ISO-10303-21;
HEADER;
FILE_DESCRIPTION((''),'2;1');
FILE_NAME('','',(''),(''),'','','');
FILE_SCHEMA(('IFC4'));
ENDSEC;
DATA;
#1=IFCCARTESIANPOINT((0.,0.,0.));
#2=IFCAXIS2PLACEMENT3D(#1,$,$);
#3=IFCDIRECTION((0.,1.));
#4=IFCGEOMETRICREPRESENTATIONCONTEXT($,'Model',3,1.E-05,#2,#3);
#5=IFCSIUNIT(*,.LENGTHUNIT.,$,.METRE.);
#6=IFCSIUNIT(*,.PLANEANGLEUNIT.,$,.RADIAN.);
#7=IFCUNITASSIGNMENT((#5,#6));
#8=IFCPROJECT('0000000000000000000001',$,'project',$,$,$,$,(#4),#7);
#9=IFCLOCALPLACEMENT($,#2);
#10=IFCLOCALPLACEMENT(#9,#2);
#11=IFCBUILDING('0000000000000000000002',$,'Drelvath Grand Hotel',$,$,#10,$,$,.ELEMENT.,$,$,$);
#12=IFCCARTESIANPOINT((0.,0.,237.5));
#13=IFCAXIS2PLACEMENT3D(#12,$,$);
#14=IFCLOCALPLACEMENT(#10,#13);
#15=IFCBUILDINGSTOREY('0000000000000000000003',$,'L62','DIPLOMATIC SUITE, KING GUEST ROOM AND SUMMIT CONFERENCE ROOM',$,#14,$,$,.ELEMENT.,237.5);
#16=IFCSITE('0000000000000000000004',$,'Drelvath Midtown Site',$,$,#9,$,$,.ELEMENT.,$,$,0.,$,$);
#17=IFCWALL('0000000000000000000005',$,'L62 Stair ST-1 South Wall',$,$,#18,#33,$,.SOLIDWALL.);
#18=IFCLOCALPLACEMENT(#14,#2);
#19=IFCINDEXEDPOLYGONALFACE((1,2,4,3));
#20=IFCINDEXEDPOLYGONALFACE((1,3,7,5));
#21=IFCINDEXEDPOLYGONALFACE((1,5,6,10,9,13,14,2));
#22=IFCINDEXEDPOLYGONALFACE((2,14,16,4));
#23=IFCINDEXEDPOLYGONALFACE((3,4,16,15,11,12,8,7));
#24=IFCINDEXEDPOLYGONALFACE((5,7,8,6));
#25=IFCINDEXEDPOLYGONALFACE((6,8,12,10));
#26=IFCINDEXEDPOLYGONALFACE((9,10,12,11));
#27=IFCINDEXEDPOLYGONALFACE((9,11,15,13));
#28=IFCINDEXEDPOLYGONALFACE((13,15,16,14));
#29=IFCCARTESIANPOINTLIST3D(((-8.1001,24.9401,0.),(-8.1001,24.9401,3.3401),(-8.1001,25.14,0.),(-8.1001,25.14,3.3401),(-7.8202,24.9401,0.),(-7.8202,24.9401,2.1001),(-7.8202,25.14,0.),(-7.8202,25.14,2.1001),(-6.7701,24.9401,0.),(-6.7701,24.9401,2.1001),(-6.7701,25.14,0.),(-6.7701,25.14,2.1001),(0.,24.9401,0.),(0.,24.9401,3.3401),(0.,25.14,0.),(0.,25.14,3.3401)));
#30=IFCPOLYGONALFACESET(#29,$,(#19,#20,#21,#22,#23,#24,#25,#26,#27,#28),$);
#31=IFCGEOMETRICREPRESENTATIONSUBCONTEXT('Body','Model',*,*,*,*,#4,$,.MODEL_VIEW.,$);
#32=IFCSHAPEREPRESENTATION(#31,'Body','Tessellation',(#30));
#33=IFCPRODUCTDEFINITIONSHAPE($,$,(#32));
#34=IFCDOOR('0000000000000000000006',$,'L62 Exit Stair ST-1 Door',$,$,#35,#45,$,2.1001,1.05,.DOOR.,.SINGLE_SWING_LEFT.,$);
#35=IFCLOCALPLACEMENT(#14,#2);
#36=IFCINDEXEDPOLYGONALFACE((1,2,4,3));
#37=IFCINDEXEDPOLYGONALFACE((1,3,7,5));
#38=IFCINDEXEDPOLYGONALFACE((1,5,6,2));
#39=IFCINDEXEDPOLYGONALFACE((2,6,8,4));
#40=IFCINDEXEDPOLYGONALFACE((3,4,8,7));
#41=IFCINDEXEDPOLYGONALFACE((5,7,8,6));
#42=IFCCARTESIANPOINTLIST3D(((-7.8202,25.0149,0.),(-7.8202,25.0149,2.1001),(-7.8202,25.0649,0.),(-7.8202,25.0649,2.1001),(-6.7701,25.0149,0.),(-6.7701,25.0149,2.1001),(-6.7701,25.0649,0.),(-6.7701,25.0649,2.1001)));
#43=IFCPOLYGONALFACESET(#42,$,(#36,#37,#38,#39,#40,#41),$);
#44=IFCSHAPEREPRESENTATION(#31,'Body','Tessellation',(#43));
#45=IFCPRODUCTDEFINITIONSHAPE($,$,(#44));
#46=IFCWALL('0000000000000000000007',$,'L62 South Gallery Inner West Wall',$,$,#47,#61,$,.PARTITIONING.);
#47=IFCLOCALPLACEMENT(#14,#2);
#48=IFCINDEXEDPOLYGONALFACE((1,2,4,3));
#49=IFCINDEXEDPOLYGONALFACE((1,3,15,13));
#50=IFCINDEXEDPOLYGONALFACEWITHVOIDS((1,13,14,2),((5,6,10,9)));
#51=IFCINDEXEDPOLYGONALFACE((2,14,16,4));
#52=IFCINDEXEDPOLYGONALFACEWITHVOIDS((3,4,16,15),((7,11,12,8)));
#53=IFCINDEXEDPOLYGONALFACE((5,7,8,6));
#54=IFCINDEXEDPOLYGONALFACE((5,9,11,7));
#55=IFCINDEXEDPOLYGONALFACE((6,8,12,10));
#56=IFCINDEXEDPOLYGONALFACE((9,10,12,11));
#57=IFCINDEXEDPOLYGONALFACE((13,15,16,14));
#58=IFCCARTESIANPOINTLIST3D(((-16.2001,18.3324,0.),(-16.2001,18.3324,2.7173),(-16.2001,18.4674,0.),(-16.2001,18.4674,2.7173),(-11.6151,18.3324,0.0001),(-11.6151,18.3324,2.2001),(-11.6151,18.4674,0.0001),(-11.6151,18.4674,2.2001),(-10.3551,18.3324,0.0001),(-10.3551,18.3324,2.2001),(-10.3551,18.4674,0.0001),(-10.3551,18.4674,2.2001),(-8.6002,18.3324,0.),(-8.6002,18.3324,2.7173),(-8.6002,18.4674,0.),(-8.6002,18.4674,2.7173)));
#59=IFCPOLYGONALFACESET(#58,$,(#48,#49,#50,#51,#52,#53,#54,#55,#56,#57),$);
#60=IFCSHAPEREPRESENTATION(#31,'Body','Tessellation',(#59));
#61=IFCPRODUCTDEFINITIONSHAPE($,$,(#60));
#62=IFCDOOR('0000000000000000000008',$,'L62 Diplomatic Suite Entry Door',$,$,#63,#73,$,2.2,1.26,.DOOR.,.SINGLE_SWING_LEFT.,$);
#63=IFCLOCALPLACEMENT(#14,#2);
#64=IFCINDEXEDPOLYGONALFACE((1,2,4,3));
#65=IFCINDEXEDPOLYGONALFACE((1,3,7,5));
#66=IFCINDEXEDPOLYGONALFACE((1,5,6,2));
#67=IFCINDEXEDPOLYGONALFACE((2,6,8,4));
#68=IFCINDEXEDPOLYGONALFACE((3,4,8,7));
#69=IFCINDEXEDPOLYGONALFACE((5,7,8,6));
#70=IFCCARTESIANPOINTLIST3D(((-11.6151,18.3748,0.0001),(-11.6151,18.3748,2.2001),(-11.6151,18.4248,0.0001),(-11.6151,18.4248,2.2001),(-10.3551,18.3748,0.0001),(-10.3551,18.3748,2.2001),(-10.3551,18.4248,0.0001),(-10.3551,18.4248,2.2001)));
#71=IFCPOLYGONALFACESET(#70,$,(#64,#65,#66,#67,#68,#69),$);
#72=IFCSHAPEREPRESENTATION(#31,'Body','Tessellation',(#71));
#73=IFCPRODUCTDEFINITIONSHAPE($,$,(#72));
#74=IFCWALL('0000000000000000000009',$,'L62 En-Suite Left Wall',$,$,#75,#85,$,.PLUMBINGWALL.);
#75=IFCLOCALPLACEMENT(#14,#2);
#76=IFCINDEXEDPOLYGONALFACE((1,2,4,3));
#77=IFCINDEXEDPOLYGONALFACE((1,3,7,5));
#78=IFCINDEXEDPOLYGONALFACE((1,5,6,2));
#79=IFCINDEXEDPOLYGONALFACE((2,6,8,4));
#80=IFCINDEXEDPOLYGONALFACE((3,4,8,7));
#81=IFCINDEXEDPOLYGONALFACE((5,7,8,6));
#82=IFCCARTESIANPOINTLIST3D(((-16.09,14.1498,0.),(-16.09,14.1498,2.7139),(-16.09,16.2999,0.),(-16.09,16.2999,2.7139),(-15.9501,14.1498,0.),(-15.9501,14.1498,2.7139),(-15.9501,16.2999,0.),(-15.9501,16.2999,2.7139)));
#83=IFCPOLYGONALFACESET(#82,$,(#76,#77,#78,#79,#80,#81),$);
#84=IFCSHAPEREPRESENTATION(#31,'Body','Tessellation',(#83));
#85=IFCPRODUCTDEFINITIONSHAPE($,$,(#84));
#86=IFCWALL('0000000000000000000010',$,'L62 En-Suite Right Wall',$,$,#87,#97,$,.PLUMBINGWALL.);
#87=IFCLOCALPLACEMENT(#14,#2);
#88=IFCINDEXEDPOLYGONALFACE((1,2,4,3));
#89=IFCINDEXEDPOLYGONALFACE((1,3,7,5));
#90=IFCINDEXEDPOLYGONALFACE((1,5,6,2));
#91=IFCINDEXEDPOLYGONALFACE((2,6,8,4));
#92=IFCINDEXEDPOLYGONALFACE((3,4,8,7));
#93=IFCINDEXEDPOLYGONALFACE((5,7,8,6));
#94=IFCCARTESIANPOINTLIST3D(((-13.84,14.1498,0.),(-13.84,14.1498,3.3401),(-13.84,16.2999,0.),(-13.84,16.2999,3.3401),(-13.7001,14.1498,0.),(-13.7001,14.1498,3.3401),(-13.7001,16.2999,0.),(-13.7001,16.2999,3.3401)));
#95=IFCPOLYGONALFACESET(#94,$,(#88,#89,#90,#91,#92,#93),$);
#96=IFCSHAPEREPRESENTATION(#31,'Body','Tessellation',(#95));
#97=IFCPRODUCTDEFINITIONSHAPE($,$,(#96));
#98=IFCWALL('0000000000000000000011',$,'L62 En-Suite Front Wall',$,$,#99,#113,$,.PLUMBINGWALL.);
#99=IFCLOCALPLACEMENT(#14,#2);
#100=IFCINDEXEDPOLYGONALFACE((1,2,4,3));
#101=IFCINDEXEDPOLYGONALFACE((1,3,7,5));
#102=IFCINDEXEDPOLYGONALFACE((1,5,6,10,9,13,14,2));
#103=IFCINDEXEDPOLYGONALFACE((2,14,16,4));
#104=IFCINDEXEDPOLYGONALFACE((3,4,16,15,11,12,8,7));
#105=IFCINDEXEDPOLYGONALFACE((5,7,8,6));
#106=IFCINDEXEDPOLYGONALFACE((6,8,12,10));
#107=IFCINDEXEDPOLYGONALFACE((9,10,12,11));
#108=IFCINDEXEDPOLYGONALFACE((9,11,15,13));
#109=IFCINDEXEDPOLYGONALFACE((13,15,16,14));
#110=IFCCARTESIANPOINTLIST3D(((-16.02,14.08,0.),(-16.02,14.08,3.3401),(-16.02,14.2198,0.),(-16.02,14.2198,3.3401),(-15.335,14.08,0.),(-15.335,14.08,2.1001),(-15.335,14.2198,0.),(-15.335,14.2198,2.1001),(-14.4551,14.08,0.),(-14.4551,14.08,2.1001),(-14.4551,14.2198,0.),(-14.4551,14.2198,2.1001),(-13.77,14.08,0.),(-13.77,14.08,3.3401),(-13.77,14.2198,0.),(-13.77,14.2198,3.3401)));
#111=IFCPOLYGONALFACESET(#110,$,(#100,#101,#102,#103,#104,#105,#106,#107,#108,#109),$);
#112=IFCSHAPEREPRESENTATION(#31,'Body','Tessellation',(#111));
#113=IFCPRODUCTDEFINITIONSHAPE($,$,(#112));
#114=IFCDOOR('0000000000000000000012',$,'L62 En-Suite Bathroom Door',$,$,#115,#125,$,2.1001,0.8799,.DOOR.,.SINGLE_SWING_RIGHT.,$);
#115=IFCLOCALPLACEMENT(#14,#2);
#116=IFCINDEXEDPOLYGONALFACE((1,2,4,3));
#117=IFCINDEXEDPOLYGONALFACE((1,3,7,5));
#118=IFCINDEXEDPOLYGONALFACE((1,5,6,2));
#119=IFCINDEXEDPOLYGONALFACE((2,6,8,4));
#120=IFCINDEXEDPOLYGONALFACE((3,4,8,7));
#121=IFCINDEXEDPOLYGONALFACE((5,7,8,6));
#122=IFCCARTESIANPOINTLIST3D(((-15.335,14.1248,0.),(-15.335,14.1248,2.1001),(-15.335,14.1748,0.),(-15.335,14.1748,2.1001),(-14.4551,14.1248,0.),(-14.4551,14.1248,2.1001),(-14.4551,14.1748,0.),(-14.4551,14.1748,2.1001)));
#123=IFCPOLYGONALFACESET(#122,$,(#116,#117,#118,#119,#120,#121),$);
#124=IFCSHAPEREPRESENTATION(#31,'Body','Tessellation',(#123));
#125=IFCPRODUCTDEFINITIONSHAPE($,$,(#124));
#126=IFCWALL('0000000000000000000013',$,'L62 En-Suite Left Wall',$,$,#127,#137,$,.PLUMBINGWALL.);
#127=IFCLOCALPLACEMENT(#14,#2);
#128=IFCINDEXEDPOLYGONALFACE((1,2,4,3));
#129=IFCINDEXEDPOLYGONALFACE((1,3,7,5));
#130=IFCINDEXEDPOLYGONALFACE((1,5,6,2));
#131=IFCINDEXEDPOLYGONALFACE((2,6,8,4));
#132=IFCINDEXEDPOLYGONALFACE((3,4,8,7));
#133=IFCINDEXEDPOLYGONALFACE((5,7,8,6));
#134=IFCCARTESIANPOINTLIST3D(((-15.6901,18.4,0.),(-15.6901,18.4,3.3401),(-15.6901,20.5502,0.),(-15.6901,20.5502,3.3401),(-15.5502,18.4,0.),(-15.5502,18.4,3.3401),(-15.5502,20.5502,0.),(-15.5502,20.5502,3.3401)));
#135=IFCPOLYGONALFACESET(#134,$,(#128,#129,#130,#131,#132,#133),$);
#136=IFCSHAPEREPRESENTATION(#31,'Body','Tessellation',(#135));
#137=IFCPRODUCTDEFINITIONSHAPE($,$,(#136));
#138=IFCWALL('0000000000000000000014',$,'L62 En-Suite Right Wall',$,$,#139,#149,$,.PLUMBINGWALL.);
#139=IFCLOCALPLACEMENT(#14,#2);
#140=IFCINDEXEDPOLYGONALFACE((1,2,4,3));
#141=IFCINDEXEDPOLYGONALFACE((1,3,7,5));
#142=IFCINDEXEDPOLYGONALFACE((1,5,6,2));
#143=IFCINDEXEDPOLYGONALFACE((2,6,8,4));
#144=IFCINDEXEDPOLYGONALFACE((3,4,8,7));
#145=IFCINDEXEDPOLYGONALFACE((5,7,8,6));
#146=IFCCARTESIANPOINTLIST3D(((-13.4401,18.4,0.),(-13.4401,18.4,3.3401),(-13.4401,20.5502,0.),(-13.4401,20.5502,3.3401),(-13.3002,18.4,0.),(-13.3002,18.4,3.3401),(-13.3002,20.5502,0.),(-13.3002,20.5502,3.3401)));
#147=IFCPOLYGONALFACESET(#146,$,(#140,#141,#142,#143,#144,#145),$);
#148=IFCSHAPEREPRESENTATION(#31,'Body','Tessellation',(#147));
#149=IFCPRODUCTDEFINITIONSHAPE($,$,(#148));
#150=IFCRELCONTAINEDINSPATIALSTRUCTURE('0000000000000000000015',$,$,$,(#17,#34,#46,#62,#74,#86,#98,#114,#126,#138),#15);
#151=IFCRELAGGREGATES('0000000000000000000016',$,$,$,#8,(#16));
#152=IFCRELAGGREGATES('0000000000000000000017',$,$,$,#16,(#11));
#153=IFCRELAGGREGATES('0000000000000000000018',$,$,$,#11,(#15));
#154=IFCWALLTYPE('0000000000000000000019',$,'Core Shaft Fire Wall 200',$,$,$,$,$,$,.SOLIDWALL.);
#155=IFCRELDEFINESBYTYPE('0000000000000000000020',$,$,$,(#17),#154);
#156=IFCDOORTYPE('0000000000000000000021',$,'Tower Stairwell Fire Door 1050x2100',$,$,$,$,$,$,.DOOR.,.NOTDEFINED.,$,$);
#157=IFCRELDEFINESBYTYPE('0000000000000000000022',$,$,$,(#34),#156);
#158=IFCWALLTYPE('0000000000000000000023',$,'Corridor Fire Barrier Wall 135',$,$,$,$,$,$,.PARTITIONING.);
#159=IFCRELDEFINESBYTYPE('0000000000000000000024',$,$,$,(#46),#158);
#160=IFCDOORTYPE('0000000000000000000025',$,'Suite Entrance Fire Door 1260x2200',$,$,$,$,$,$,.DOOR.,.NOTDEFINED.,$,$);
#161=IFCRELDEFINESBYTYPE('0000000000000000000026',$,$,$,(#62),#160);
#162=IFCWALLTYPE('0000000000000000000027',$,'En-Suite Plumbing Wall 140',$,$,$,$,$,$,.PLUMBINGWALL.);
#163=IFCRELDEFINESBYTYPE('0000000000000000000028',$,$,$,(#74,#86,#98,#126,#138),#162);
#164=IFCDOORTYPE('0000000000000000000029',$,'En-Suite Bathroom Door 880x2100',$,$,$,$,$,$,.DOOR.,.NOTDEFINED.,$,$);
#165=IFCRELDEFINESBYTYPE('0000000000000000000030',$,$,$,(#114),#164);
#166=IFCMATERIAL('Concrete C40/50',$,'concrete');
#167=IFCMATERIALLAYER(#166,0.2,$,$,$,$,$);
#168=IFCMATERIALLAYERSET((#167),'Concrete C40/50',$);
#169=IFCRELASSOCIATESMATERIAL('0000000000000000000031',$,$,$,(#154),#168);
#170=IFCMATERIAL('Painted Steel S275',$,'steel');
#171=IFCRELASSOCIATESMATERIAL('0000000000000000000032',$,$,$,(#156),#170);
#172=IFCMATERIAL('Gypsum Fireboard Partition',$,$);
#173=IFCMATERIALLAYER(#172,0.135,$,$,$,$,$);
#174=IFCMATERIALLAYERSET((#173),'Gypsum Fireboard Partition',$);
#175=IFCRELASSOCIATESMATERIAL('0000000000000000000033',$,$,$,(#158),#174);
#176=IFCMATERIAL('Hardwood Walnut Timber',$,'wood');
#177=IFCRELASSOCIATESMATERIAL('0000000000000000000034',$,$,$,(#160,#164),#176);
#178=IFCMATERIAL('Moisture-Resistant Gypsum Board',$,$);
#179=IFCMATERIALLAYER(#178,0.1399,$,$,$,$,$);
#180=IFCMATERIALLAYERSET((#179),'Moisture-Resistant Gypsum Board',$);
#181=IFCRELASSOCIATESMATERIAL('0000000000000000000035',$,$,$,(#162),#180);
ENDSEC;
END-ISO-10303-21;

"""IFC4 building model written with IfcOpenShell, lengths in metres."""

from ifc_helpers import new_model, si_unit, direction, frame, frame_2d, origin, place, context, subcontext, project, spatial, rectangle, extrude, material, layer, layer_set, type_object, element, fill, save


model = new_model("IFC4")

# Units and contexts
model_context = context("Model", 3, precision=1e-05, world=origin(), true_north=direction((0.0, 1.0)))
body_context = subcontext(model_context, "Body", "Model", "MODEL_VIEW")
ifc_project = project(units=[si_unit("LENGTHUNIT", "METRE"), si_unit("PLANEANGLEUNIT", "RADIAN")], contexts=[model_context])

# Site, building, storey
site_placement = place(None, origin())
site = spatial("IfcSite", under=ifc_project, at=site_placement, Name="Drelvath Midtown Site", CompositionType="ELEMENT", RefElevation=0.0)
building_placement = place(site_placement, origin())
building = spatial("IfcBuilding", under=site, at=building_placement, Name="Drelvath Grand Hotel", CompositionType="ELEMENT")
storey_placement = place(building_placement, frame((0.0, 0.0, 237.5)))
storey = spatial("IfcBuildingStorey", under=building, at=storey_placement, Name="L62", Description="DIPLOMATIC SUITE, KING GUEST ROOM AND SUMMIT CONFERENCE ROOM", CompositionType="ELEMENT", Elevation=237.5)

# Walls, openings, doors
ifc_material_1 = material(Name="Concrete C40/50", Category="concrete")
ifc_layer_1 = layer(ifc_material_1, 0.2)
ifc_layer_set_1 = layer_set([ifc_layer_1], Name="Concrete C40/50")
wall_type_1 = type_object("IfcWallType", Name="Core Shaft Fire Wall 200", PredefinedType="SOLIDWALL", material=ifc_layer_set_1)
wall_1_placement = place(storey_placement, frame((-8.1001, 25.04, 0.0), z_axis=(0.0, 0.0, 1.0), x_axis=(1.0, 0.0, 0.0)))
wall_1 = element("IfcWall", 1, at=wall_1_placement, inside=storey, type_object=wall_type_1, Name="L62 Stair ST-1 South Wall", PredefinedType="SOLIDWALL", context=body_context, shape_type="SweptSolid", body=[
    extrude(rectangle(XDim=8.1001, YDim=0.2, at=frame_2d((4.05, 0.0))), origin(), (0.0, 0.0, 1.0), 3.3401),
])
opening_1_placement = place(wall_1_placement, frame((0.28, 0.0, 0.0)))
opening_1 = element("IfcOpeningElement", 2, at=opening_1_placement, cuts=wall_1, PredefinedType="OPENING", context=body_context, shape_type="SweptSolid", body=[
    extrude(rectangle(XDim=1.05, YDim=2.1001, at=frame_2d((0.5249, 1.05))), frame((0.0, 0.1099, 0.0), z_axis=(0.0, -1.0, 0.0), x_axis=(1.0, 0.0, 0.0)), (0.0, 0.0, 1.0), 0.22),
])
ifc_material_2 = material(Name="Painted Steel S275", Category="steel")
door_type_1 = type_object("IfcDoorType", Name="Tower Stairwell Fire Door 1050x2100", OperationType="NOTDEFINED", PredefinedType="DOOR", material=ifc_material_2)
door_1_placement = place(opening_1_placement, origin())
door_1 = element("IfcDoor", 3, at=door_1_placement, inside=storey, type_object=door_type_1, Name="L62 Exit Stair ST-1 Door", OperationType="SINGLE_SWING_LEFT", OverallHeight=2.1001, OverallWidth=1.05, PredefinedType="DOOR", context=body_context, shape_type="SweptSolid", body=[
    extrude(rectangle(XDim=1.05, YDim=2.1001, at=frame_2d((0.5249, 1.05))), frame((0.0, 0.0249, 0.0), z_axis=(0.0, -1.0, 0.0), x_axis=(1.0, 0.0, 0.0)), (0.0, 0.0, 1.0), 0.05),
])
fill(opening_1, door_1)
ifc_material_3 = material(Name="Gypsum Fireboard Partition")
ifc_layer_2 = layer(ifc_material_3, 0.135)
ifc_layer_set_2 = layer_set([ifc_layer_2], Name="Gypsum Fireboard Partition")
wall_type_2 = type_object("IfcWallType", Name="Corridor Fire Barrier Wall 135", PredefinedType="PARTITIONING", material=ifc_layer_set_2)
wall_2_placement = place(storey_placement, frame((-16.2, 18.3999, 0.0), z_axis=(0.0, 0.0, 1.0), x_axis=(1.0, 0.0, 0.0)))
wall_2 = element("IfcWall", 4, at=wall_2_placement, inside=storey, type_object=wall_type_2, Name="L62 South Gallery Inner West Wall", PredefinedType="PARTITIONING", context=body_context, shape_type="SweptSolid", body=[
    extrude(rectangle(XDim=7.5999, YDim=0.135, at=frame_2d((3.7998, 0.0))), origin(), (0.0, 0.0, 1.0), 2.7173),
])
opening_2_placement = place(wall_2_placement, frame((4.585, 0.0, 0.0)))
opening_2 = element("IfcOpeningElement", 5, at=opening_2_placement, cuts=wall_2, PredefinedType="OPENING", context=body_context, shape_type="SweptSolid", body=[
    extrude(rectangle(XDim=1.26, YDim=2.2, at=frame_2d((0.6299, 1.1001))), frame((0.0, 0.0774, 0.0), z_axis=(0.0, -1.0, 0.0), x_axis=(1.0, 0.0, 0.0)), (0.0, 0.0, 1.0), 0.155),
])
ifc_material_4 = material(Name="Hardwood Walnut Timber", Category="wood")
door_type_2 = type_object("IfcDoorType", Name="Suite Entrance Fire Door 1260x2200", OperationType="NOTDEFINED", PredefinedType="DOOR", material=ifc_material_4)
door_2_placement = place(opening_2_placement, origin())
door_2 = element("IfcDoor", 6, at=door_2_placement, inside=storey, type_object=door_type_2, Name="L62 Diplomatic Suite Entry Door", OperationType="SINGLE_SWING_LEFT", OverallHeight=2.2, OverallWidth=1.26, PredefinedType="DOOR", context=body_context, shape_type="SweptSolid", body=[
    extrude(rectangle(XDim=1.26, YDim=2.2, at=frame_2d((0.6299, 1.1001))), frame((0.0, 0.0249, 0.0), z_axis=(0.0, -1.0, 0.0), x_axis=(1.0, 0.0, 0.0)), (0.0, 0.0, 1.0), 0.05),
])
fill(opening_2, door_2)

# Walls
ifc_material_5 = material(Name="Moisture-Resistant Gypsum Board")
ifc_layer_3 = layer(ifc_material_5, 0.1399)
ifc_layer_set_3 = layer_set([ifc_layer_3], Name="Moisture-Resistant Gypsum Board")
wall_type_3 = type_object("IfcWallType", Name="En-Suite Plumbing Wall 140", PredefinedType="PLUMBINGWALL", material=ifc_layer_set_3)
wall_3_placement = place(storey_placement, frame((-16.02, 16.3, 0.0), z_axis=(0.0, 0.0, 1.0), x_axis=(0.0, -1.0, 0.0)))
element("IfcWall", 7, at=wall_3_placement, inside=storey, type_object=wall_type_3, Name="L62 En-Suite Left Wall", PredefinedType="PLUMBINGWALL", context=body_context, shape_type="SweptSolid", body=[
    extrude(rectangle(XDim=2.1501, YDim=0.1399, at=frame_2d((1.0752, 0.0))), origin(), (0.0, 0.0, 1.0), 2.7139),
])
wall_4_placement = place(storey_placement, frame((-13.77, 16.3, 0.0), z_axis=(0.0, 0.0, 1.0), x_axis=(0.0, -1.0, 0.0)))
element("IfcWall", 8, at=wall_4_placement, inside=storey, type_object=wall_type_3, Name="L62 En-Suite Right Wall", PredefinedType="PLUMBINGWALL", context=body_context, shape_type="SweptSolid", body=[
    extrude(rectangle(XDim=2.1501, YDim=0.1399, at=frame_2d((1.0752, 0.0))), origin(), (0.0, 0.0, 1.0), 3.3401),
])

# Wall, opening, door
wall_5_placement = place(storey_placement, frame((-16.02, 14.1499, 0.0), z_axis=(0.0, 0.0, 1.0), x_axis=(1.0, 0.0, 0.0)))
wall_5 = element("IfcWall", 9, at=wall_5_placement, inside=storey, type_object=wall_type_3, Name="L62 En-Suite Front Wall", PredefinedType="PLUMBINGWALL", context=body_context, shape_type="SweptSolid", body=[
    extrude(rectangle(XDim=2.25, YDim=0.1399, at=frame_2d((1.125, 0.0))), origin(), (0.0, 0.0, 1.0), 3.3401),
])
opening_3_placement = place(wall_5_placement, frame((0.6851, 0.0, 0.0)))
opening_3 = element("IfcOpeningElement", 10, at=opening_3_placement, cuts=wall_5, PredefinedType="OPENING", context=body_context, shape_type="SweptSolid", body=[
    extrude(rectangle(XDim=0.8799, YDim=2.1001, at=frame_2d((0.4399, 1.05))), frame((0.0, 0.0798, 0.0), z_axis=(0.0, -1.0, 0.0), x_axis=(1.0, 0.0, 0.0)), (0.0, 0.0, 1.0), 0.1599),
])
door_type_3 = type_object("IfcDoorType", Name="En-Suite Bathroom Door 880x2100", OperationType="NOTDEFINED", PredefinedType="DOOR", material=ifc_material_4)
door_3_placement = place(opening_3_placement, origin())
door_3 = element("IfcDoor", 11, at=door_3_placement, inside=storey, type_object=door_type_3, Name="L62 En-Suite Bathroom Door", OperationType="SINGLE_SWING_RIGHT", OverallHeight=2.1001, OverallWidth=0.8799, PredefinedType="DOOR", context=body_context, shape_type="SweptSolid", body=[
    extrude(rectangle(XDim=0.8799, YDim=2.1001, at=frame_2d((0.4399, 1.05))), frame((0.0, 0.0249, 0.0), z_axis=(0.0, -1.0, 0.0), x_axis=(1.0, 0.0, 0.0)), (0.0, 0.0, 1.0), 0.05),
])
fill(opening_3, door_3)

# Walls
for number, where, z_axis, x_axis, name in (
    (12, (-15.6201, 18.3999, 0.0), (0.0, 0.0, 1.0), (0.0, 1.0, 0.0), "L62 En-Suite Left Wall"),
    (13, (-13.3701, 18.3999, 0.0), (0.0, 0.0, 1.0), (0.0, 1.0, 0.0), "L62 En-Suite Right Wall"),
):
    element("IfcWall", number, at=place(storey_placement, frame(where, z_axis=z_axis, x_axis=x_axis)), inside=storey, type_object=wall_type_3, Name=name, PredefinedType="PLUMBINGWALL", context=body_context, shape_type="SweptSolid", body=[
        extrude(rectangle(XDim=2.1501, YDim=0.1399, at=frame_2d((1.0752, 0.0))), origin(), (0.0, 0.0, 1.0), 3.3401),
    ])

save(model, "model.ifc")
